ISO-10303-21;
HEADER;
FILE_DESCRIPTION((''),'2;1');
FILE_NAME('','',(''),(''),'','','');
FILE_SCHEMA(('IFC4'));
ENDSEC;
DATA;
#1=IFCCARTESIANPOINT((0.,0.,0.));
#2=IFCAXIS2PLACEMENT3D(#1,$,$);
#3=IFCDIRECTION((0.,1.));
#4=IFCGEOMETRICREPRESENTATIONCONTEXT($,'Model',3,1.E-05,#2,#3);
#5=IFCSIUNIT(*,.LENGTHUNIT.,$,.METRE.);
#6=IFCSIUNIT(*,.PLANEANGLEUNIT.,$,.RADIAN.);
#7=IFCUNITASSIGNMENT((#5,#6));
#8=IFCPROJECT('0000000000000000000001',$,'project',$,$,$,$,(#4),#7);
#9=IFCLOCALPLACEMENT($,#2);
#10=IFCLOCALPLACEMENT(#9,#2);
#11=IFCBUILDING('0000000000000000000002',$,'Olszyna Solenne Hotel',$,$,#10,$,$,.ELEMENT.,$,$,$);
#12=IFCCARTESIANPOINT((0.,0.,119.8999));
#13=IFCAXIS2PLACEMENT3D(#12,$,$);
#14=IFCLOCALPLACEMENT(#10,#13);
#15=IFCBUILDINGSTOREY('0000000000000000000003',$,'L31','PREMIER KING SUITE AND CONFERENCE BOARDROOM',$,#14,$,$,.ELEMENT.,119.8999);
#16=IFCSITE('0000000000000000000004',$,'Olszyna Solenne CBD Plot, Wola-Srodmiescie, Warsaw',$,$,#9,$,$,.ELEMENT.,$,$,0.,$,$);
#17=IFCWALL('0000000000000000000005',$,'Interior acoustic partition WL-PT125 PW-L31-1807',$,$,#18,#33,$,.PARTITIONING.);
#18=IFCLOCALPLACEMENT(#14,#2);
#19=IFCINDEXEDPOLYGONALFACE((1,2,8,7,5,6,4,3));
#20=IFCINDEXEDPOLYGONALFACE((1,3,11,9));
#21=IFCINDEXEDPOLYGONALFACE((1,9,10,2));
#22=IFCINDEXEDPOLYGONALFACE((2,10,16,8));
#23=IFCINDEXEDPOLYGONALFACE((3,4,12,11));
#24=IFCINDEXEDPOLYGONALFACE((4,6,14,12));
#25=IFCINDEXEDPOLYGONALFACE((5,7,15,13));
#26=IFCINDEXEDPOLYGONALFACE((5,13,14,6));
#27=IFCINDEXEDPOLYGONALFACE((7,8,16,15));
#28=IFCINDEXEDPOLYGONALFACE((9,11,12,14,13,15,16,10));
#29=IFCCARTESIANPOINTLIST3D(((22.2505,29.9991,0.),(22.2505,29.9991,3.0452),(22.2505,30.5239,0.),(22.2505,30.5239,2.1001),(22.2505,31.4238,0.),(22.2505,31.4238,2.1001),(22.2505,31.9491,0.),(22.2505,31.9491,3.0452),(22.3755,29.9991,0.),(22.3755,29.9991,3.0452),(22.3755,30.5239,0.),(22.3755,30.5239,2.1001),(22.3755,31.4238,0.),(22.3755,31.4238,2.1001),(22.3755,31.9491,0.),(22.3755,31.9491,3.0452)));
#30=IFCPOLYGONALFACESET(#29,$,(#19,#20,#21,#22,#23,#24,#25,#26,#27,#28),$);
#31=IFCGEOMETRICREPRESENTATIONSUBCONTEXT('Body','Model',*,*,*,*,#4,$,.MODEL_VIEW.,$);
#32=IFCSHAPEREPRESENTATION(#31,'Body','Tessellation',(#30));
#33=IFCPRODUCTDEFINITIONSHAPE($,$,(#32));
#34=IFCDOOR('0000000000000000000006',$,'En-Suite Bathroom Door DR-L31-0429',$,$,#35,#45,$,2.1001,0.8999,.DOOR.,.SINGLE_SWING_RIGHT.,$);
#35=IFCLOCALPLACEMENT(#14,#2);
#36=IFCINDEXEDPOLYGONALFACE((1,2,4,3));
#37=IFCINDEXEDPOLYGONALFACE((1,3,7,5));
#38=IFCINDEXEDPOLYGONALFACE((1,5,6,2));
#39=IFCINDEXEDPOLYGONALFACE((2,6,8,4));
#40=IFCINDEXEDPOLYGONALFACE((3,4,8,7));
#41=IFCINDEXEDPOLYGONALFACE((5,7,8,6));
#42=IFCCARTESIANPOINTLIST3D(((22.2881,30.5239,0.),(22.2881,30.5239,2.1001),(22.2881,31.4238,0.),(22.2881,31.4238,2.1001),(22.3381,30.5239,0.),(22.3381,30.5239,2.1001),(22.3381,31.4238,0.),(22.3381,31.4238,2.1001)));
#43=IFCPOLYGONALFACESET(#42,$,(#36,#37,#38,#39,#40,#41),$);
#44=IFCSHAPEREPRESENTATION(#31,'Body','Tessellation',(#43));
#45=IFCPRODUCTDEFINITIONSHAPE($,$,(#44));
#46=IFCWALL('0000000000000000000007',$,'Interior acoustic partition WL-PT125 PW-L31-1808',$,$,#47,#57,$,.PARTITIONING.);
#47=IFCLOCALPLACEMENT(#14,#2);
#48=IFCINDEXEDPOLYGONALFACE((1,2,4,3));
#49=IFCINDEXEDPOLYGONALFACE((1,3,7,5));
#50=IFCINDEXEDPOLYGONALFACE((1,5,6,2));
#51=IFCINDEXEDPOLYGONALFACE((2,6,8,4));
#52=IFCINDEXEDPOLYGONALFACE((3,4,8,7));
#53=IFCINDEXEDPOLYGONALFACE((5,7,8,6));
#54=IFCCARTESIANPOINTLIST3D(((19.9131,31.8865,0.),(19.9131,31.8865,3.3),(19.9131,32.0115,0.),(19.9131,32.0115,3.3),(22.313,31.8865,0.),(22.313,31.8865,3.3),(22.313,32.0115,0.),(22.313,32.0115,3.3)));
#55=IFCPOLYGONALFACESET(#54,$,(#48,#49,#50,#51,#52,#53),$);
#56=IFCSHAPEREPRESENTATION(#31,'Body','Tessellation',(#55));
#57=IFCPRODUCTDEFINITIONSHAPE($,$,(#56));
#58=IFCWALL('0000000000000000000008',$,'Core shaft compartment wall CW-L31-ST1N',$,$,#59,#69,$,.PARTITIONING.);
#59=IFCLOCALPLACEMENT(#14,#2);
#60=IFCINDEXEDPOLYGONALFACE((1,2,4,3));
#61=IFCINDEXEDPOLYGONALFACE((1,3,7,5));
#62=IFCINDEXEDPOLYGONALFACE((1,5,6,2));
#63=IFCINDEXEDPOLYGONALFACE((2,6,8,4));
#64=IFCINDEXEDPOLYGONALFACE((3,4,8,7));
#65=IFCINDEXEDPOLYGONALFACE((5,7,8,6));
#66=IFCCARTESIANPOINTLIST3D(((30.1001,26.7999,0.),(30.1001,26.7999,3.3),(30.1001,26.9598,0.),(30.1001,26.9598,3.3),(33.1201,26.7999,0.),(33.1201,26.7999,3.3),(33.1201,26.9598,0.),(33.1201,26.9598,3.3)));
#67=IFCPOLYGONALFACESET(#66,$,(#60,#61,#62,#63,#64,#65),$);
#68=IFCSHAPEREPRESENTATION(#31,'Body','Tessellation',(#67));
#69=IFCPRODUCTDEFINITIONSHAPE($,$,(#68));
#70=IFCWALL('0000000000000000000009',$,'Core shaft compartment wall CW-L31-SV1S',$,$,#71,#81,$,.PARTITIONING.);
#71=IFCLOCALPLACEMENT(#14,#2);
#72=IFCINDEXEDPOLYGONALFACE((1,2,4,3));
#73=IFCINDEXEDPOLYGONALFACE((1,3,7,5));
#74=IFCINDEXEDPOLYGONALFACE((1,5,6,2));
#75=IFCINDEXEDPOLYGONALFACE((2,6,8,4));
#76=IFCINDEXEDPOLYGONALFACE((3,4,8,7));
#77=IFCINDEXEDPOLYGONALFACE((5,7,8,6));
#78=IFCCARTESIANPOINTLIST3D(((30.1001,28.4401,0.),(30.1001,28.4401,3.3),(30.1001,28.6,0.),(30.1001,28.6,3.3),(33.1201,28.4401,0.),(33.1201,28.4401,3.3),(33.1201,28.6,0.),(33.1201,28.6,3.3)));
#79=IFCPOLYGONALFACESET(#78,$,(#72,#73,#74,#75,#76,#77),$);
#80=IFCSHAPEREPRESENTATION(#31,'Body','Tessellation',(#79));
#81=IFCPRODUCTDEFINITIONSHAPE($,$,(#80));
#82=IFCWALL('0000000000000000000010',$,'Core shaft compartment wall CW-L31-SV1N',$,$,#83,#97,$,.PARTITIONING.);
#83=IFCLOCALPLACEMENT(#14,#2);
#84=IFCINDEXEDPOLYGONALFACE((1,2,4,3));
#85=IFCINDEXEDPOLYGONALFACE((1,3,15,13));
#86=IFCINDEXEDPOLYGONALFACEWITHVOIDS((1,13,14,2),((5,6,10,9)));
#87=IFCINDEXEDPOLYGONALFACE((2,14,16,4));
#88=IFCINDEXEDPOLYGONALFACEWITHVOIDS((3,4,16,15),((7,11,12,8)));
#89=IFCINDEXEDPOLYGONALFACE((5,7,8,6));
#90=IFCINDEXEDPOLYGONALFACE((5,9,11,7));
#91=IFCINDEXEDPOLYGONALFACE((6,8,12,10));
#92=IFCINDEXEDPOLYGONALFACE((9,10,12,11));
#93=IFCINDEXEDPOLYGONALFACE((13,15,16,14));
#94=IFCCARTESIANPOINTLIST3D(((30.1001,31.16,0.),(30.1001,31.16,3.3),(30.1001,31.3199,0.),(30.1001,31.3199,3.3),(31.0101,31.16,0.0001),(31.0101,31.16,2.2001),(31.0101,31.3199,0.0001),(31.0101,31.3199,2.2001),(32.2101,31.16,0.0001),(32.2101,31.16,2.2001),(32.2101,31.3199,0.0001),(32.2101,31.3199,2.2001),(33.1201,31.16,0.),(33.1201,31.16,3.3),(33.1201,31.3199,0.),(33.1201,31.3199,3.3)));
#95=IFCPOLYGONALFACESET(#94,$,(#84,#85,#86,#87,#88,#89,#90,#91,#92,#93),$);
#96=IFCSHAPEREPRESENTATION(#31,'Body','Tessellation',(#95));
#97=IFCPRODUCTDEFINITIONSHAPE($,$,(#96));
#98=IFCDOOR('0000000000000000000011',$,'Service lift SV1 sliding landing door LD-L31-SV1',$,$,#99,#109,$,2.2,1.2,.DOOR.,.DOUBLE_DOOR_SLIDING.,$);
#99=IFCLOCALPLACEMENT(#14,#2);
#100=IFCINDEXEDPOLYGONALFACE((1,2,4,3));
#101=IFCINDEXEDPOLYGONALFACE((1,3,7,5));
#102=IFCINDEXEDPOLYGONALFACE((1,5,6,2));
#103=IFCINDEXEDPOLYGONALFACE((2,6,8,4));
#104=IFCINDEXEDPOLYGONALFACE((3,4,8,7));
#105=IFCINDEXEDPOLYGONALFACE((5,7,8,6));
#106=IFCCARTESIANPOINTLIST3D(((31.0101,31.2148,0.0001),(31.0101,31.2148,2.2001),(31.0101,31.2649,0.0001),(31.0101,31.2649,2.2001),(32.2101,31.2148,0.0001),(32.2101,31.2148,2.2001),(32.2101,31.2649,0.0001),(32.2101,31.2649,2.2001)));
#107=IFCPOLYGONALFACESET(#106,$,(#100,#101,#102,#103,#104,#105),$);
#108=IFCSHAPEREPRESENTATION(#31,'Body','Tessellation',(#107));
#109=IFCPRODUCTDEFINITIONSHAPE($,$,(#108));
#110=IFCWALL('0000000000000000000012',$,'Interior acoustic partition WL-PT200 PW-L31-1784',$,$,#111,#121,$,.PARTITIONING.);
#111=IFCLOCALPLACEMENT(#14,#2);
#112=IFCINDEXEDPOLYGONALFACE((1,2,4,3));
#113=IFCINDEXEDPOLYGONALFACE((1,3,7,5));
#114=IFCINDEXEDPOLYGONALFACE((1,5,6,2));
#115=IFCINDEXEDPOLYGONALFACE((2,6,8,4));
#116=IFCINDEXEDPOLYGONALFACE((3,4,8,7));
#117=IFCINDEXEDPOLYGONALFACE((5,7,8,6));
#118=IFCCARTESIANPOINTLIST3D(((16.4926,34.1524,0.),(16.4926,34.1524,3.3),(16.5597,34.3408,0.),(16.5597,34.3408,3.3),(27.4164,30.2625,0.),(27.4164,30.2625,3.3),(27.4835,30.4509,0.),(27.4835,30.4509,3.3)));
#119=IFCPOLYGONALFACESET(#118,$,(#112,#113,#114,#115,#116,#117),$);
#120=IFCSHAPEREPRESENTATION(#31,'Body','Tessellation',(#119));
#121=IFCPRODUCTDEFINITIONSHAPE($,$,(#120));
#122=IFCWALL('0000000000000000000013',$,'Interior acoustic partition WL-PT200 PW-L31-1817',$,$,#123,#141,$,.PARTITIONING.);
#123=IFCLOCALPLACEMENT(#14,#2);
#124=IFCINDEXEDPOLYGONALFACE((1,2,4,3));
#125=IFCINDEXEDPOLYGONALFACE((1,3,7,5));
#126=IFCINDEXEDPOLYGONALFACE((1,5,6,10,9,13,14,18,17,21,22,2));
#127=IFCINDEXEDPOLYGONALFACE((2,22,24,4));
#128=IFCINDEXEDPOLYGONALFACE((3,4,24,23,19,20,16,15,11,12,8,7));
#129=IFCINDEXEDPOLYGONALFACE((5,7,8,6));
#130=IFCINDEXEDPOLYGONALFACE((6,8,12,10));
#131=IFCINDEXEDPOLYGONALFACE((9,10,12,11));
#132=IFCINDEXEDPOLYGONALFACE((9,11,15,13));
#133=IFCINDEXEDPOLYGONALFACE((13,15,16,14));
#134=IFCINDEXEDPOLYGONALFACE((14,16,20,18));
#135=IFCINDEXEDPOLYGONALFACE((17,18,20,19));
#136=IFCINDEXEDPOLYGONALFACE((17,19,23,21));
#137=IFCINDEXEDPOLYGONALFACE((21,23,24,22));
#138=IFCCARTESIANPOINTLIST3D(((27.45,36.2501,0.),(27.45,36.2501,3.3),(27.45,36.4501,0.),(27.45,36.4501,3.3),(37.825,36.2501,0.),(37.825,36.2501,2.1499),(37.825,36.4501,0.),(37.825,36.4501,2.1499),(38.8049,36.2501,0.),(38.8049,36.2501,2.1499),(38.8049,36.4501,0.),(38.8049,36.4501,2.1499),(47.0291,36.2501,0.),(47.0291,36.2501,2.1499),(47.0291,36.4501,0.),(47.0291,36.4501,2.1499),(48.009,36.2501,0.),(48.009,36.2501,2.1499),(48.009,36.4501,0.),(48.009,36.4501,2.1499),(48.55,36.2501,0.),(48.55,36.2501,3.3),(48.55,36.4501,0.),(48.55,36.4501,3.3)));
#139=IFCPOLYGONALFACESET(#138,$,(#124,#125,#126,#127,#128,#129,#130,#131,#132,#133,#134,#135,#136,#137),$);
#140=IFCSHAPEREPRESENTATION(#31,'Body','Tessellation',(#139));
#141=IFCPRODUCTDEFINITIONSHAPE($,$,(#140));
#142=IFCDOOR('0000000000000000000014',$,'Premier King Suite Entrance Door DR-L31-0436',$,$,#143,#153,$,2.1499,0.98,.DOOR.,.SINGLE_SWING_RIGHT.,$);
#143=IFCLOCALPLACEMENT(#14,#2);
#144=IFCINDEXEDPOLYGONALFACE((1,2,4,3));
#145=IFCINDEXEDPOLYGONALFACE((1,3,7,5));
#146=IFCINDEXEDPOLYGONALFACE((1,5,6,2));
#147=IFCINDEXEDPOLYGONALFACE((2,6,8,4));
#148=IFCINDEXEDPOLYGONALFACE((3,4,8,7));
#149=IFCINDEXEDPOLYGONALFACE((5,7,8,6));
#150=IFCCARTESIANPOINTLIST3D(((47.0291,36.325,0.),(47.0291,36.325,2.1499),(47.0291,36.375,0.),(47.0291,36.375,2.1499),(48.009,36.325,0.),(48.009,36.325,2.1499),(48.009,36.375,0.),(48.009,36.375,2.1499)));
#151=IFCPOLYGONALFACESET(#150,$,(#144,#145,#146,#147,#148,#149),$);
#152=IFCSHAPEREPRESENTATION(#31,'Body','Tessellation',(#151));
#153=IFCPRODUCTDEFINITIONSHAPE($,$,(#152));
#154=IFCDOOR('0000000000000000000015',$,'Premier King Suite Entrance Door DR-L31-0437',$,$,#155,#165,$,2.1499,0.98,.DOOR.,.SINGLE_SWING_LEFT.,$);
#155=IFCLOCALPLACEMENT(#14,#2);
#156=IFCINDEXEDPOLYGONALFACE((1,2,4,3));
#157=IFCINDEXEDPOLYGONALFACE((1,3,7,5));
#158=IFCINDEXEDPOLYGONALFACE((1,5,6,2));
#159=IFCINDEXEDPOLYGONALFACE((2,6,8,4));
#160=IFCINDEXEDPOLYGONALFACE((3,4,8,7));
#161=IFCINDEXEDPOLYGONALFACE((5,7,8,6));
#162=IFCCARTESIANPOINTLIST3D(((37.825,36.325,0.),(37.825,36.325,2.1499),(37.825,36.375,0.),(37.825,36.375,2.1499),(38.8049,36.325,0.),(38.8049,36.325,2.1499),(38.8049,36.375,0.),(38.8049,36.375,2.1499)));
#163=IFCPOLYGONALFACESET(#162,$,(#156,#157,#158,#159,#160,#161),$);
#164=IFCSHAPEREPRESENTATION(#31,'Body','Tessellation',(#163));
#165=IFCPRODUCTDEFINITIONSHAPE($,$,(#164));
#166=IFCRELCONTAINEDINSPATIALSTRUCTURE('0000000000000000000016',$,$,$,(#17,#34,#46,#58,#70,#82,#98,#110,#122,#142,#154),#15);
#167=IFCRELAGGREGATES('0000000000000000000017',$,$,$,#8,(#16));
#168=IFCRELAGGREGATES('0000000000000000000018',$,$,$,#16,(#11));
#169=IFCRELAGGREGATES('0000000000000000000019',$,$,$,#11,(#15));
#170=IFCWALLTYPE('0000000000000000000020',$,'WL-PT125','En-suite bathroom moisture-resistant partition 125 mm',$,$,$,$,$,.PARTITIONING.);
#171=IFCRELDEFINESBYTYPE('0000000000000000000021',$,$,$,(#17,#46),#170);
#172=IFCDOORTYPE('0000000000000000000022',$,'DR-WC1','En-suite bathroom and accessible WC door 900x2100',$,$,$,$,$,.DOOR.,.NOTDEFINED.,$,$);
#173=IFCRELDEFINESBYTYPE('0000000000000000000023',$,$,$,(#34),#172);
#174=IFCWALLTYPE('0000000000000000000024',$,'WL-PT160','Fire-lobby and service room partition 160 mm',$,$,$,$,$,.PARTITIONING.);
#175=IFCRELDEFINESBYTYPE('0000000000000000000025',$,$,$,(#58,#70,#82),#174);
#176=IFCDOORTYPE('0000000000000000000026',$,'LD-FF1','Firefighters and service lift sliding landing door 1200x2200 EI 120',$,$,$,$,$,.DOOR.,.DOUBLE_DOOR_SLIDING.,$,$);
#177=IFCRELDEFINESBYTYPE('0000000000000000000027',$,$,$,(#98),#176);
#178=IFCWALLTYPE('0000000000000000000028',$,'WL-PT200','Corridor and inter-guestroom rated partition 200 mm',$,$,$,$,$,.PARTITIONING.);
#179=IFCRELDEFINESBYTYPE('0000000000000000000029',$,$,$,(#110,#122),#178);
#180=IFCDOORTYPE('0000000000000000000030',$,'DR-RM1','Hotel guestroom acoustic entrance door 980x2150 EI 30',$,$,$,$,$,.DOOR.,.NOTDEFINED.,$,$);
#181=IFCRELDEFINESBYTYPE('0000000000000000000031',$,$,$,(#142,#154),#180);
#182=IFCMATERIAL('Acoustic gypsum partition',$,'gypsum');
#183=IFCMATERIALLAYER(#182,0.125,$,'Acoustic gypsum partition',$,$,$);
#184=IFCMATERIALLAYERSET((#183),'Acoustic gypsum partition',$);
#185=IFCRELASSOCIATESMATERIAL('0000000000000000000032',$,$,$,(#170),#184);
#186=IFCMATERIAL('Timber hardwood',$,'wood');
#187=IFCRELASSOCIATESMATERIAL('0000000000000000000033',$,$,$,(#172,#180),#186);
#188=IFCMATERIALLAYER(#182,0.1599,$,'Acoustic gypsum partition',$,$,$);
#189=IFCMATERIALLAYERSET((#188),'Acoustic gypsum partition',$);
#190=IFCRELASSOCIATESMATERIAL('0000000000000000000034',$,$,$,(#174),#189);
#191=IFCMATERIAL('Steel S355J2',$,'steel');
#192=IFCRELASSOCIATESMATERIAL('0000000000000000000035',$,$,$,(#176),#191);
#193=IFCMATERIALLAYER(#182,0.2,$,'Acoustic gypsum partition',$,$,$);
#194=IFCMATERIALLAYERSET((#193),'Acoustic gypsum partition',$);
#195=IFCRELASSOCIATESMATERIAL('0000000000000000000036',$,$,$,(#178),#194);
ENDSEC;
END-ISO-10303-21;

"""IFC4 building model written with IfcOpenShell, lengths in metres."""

from ifc_helpers import new_model, si_unit, direction, frame, frame_2d, origin, place, context, subcontext, project, spatial, rectangle, extrude, source, transform, mapped, material, layer, layer_set, type_object, type_shapes, element, fill, save


model = new_model("IFC4")

# Units and contexts
model_context = context("Model", 3, precision=1e-05, world=origin(), true_north=direction((0.0, 1.0)))
body_context = subcontext(model_context, "Body", "Model", "MODEL_VIEW")
ifc_project = project(units=[si_unit("LENGTHUNIT", "METRE"), si_unit("PLANEANGLEUNIT", "RADIAN")], contexts=[model_context])

# Site, building, storey
site_placement = place(None, origin())
site = spatial("IfcSite", under=ifc_project, at=site_placement, Name="Olszyna Solenne CBD Plot, Wola-Srodmiescie, Warsaw", CompositionType="ELEMENT", RefElevation=0.0)
building_placement = place(site_placement, origin())
building = spatial("IfcBuilding", under=site, at=building_placement, Name="Olszyna Solenne Hotel", CompositionType="ELEMENT")
storey_placement = place(building_placement, frame((0.0, 0.0, 119.8999)))
storey = spatial("IfcBuildingStorey", under=building, at=storey_placement, Name="L31", Description="PREMIER KING SUITE AND CONFERENCE BOARDROOM", CompositionType="ELEMENT", Elevation=119.8999)

# Shared definitions
ifc_material_1 = material(Name="Steel S355J2", Category="steel")

# Shared definitions
ifc_material_2 = material(Name="Acoustic gypsum partition", Category="gypsum")
ifc_layer_1 = layer(ifc_material_2, 0.125, Name="Acoustic gypsum partition")
ifc_layer_set_1 = layer_set([ifc_layer_1], Name="Acoustic gypsum partition")
wall_type_1 = type_object("IfcWallType", Name="WL-PT125", Description="En-suite bathroom moisture-resistant partition 125 mm", PredefinedType="PARTITIONING", material=ifc_layer_set_1)
ifc_material_3 = material(Name="Timber hardwood", Category="wood")
door_type_1 = type_object("IfcDoorType", Name="DR-WC1", Description="En-suite bathroom and accessible WC door 900x2100", OperationType="NOTDEFINED", PredefinedType="DOOR", material=ifc_material_3)
shared_shape_1 = source(origin(), body_context, "Body", "SweptSolid", [
    extrude(rectangle(XDim=0.8999, YDim=2.1001, at=frame_2d((0.45, 1.05))), frame((0.0, 0.0249, 0.0), z_axis=(0.0, -1.0, 0.0), x_axis=(1.0, 0.0, 0.0)), (0.0, 0.0, 1.0), 0.05),
])
type_shapes(door_type_1, [shared_shape_1])

# Wall, opening, door
wall_1_placement = place(storey_placement, frame((22.313, 29.999, 0.0), z_axis=(0.0, 0.0, 1.0), x_axis=(0.0, 1.0, 0.0)))
wall_1 = element("IfcWall", 1, at=wall_1_placement, inside=storey, type_object=wall_type_1, Name="Interior acoustic partition WL-PT125 PW-L31-1807", PredefinedType="PARTITIONING", context=body_context, shape_type="SweptSolid", body=[
    extrude(rectangle(XDim=1.95, YDim=0.125, at=frame_2d((0.9751, 0.0))), origin(), (0.0, 0.0, 1.0), 3.0452),
])
opening_1_placement = place(wall_1_placement, frame((0.5249, 0.0, 0.0)))
opening_1 = element("IfcOpeningElement", 2, at=opening_1_placement, cuts=wall_1, PredefinedType="OPENING", context=body_context, shape_type="SweptSolid", body=[
    extrude(rectangle(XDim=0.8999, YDim=2.1001, at=frame_2d((0.45, 1.05))), frame((0.0, 0.0725, 0.0), z_axis=(0.0, -1.0, 0.0), x_axis=(1.0, 0.0, 0.0)), (0.0, 0.0, 1.0), 0.145),
])
door_1_placement = place(opening_1_placement, origin())
door_1 = element("IfcDoor", 3, at=door_1_placement, inside=storey, type_object=door_type_1, Name="En-Suite Bathroom Door DR-L31-0429", OperationType="SINGLE_SWING_RIGHT", OverallHeight=2.1001, OverallWidth=0.8999, PredefinedType="DOOR", context=body_context, shape_type="MappedRepresentation", body=[
    mapped(shared_shape_1, transform((0.0, 0.0, 0.0), x_axis=(1.0, 0.0, 0.0), y_axis=(0.0, 1.0, 0.0), z_axis=(0.0, 0.0, 1.0), scale=1.0)),
])
fill(opening_1, door_1)

# Walls
wall_2_placement = place(storey_placement, frame((22.313, 31.949, 0.0), z_axis=(0.0, 0.0, 1.0), x_axis=(-1.0, 0.0, 0.0)))
element("IfcWall", 4, at=wall_2_placement, inside=storey, type_object=wall_type_1, Name="Interior acoustic partition WL-PT125 PW-L31-1808", PredefinedType="PARTITIONING", context=body_context, shape_type="SweptSolid", body=[
    extrude(rectangle(XDim=2.3999, YDim=0.125, at=frame_2d((1.2, 0.0))), origin(), (0.0, 0.0, 1.0), 3.3),
])
ifc_layer_2 = layer(ifc_material_2, 0.1599, Name="Acoustic gypsum partition")
ifc_layer_set_2 = layer_set([ifc_layer_2], Name="Acoustic gypsum partition")
wall_type_2 = type_object("IfcWallType", Name="WL-PT160", Description="Fire-lobby and service room partition 160 mm", PredefinedType="PARTITIONING", material=ifc_layer_set_2)
for number, where, z_axis, x_axis, name in (
    (5, (30.1001, 26.8799, 0.0), (0.0, 0.0, 1.0), (1.0, 0.0, 0.0), "Core shaft compartment wall CW-L31-ST1N"),
    (6, (30.1001, 28.52, 0.0), (0.0, 0.0, 1.0), (1.0, 0.0, 0.0), "Core shaft compartment wall CW-L31-SV1S"),
):
    element("IfcWall", number, at=place(storey_placement, frame(where, z_axis=z_axis, x_axis=x_axis)), inside=storey, type_object=wall_type_2, Name=name, PredefinedType="PARTITIONING", context=body_context, shape_type="SweptSolid", body=[
        extrude(rectangle(XDim=3.02, YDim=0.1599, at=frame_2d((1.51, 0.0))), origin(), (0.0, 0.0, 1.0), 3.3),
    ])

# Wall, opening, door
wall_3_placement = place(storey_placement, frame((30.1001, 31.24, 0.0), z_axis=(0.0, 0.0, 1.0), x_axis=(1.0, 0.0, 0.0)))
wall_3 = element("IfcWall", 7, at=wall_3_placement, inside=storey, type_object=wall_type_2, Name="Core shaft compartment wall CW-L31-SV1N", PredefinedType="PARTITIONING", context=body_context, shape_type="SweptSolid", body=[
    extrude(rectangle(XDim=3.02, YDim=0.1599, at=frame_2d((1.51, 0.0))), origin(), (0.0, 0.0, 1.0), 3.3),
])
opening_2_placement = place(wall_3_placement, frame((0.9099, 0.0, 0.0)))
opening_2 = element("IfcOpeningElement", 8, at=opening_2_placement, cuts=wall_3, PredefinedType="OPENING", context=body_context, shape_type="SweptSolid", body=[
    extrude(rectangle(XDim=1.2, YDim=2.2, at=frame_2d((0.6001, 1.1001))), frame((0.0, 0.0898, 0.0), z_axis=(0.0, -1.0, 0.0), x_axis=(1.0, 0.0, 0.0)), (0.0, 0.0, 1.0), 0.1799),
])
door_type_2 = type_object("IfcDoorType", Name="LD-FF1", Description="Firefighters and service lift sliding landing door 1200x2200 EI 120", OperationType="DOUBLE_DOOR_SLIDING", PredefinedType="DOOR", material=ifc_material_1)
shared_shape_2 = source(origin(), body_context, "Body", "SweptSolid", [
    extrude(rectangle(XDim=1.2, YDim=2.2, at=frame_2d((0.6001, 1.1001))), frame((0.0, 0.0249, 0.0), z_axis=(0.0, -1.0, 0.0), x_axis=(1.0, 0.0, 0.0)), (0.0, 0.0, 1.0), 0.05),
])
type_shapes(door_type_2, [shared_shape_2])
door_2_placement = place(opening_2_placement, origin())
door_2 = element("IfcDoor", 9, at=door_2_placement, inside=storey, type_object=door_type_2, Name="Service lift SV1 sliding landing door LD-L31-SV1", OperationType="DOUBLE_DOOR_SLIDING", OverallHeight=2.2, OverallWidth=1.2, PredefinedType="DOOR", context=body_context, shape_type="MappedRepresentation", body=[
    mapped(shared_shape_2, transform((0.0, 0.0, 0.0), x_axis=(1.0, 0.0, 0.0), y_axis=(0.0, 1.0, 0.0), z_axis=(0.0, 0.0, 1.0), scale=1.0)),
])
fill(opening_2, door_2)

# Wall
ifc_layer_3 = layer(ifc_material_2, 0.2, Name="Acoustic gypsum partition")
ifc_layer_set_3 = layer_set([ifc_layer_3], Name="Acoustic gypsum partition")
wall_type_3 = type_object("IfcWallType", Name="WL-PT200", Description="Corridor and inter-guestroom rated partition 200 mm", PredefinedType="PARTITIONING", material=ifc_layer_set_3)
wall_4_placement = place(storey_placement, frame((27.45, 30.3567, 0.0), z_axis=(0.0, 0.0, 1.0), x_axis=(-0.942055, 0.335459, 0.0)))
element("IfcWall", 10, at=wall_4_placement, inside=storey, type_object=wall_type_3, Name="Interior acoustic partition WL-PT200 PW-L31-1784", PredefinedType="PARTITIONING", context=body_context, shape_type="SweptSolid", body=[
    extrude(rectangle(XDim=11.5957, YDim=0.2, at=frame_2d((5.7979, 0.0))), origin(), (0.0, 0.0, 1.0), 3.3),
])

# Wall, openings, doors
wall_5_placement = place(storey_placement, frame((27.45, 36.3501, 0.0), z_axis=(0.0, 0.0, 1.0), x_axis=(1.0, 0.0, 0.0)))
wall_5 = element("IfcWall", 11, at=wall_5_placement, inside=storey, type_object=wall_type_3, Name="Interior acoustic partition WL-PT200 PW-L31-1817", PredefinedType="PARTITIONING", context=body_context, shape_type="SweptSolid", body=[
    extrude(rectangle(XDim=21.1001, YDim=0.2, at=frame_2d((10.55, 0.0))), origin(), (0.0, 0.0, 1.0), 3.3),
])
opening_3_placement = place(wall_5_placement, frame((19.5791, 0.0, 0.0)))
opening_3 = element("IfcOpeningElement", 12, at=opening_3_placement, cuts=wall_5, PredefinedType="OPENING", context=body_context, shape_type="SweptSolid", body=[
    extrude(rectangle(XDim=0.98, YDim=2.1499, at=frame_2d((0.49, 1.075))), frame((0.0, 0.1099, 0.0), z_axis=(0.0, -1.0, 0.0), x_axis=(1.0, 0.0, 0.0)), (0.0, 0.0, 1.0), 0.22),
])
opening_4_placement = place(wall_5_placement, frame((10.375, 0.0, 0.0)))
opening_4 = element("IfcOpeningElement", 13, at=opening_4_placement, cuts=wall_5, PredefinedType="OPENING", context=body_context, shape_type="SweptSolid", body=[
    extrude(rectangle(XDim=0.98, YDim=2.1499, at=frame_2d((0.49, 1.075))), frame((0.0, 0.1099, 0.0), z_axis=(0.0, -1.0, 0.0), x_axis=(1.0, 0.0, 0.0)), (0.0, 0.0, 1.0), 0.22),
])
door_type_3 = type_object("IfcDoorType", Name="DR-RM1", Description="Hotel guestroom acoustic entrance door 980x2150 EI 30", OperationType="NOTDEFINED", PredefinedType="DOOR", material=ifc_material_3)
shared_shape_3 = source(origin(), body_context, "Body", "SweptSolid", [
    extrude(rectangle(XDim=0.98, YDim=2.1499, at=frame_2d((0.49, 1.075))), frame((0.0, 0.0249, 0.0), z_axis=(0.0, -1.0, 0.0), x_axis=(1.0, 0.0, 0.0)), (0.0, 0.0, 1.0), 0.05),
])
type_shapes(door_type_3, [shared_shape_3])
door_3_placement = place(opening_3_placement, origin())
door_3 = element("IfcDoor", 14, at=door_3_placement, inside=storey, type_object=door_type_3, Name="Premier King Suite Entrance Door DR-L31-0436", OperationType="SINGLE_SWING_RIGHT", OverallHeight=2.1499, OverallWidth=0.98, PredefinedType="DOOR", context=body_context, shape_type="MappedRepresentation", body=[
    mapped(shared_shape_3, transform((0.0, 0.0, 0.0), x_axis=(1.0, 0.0, 0.0), y_axis=(0.0, 1.0, 0.0), z_axis=(0.0, 0.0, 1.0), scale=1.0)),
])
fill(opening_3, door_3)
door_4_placement = place(opening_4_placement, origin())
door_4 = element("IfcDoor", 15, at=door_4_placement, inside=storey, type_object=door_type_3, Name="Premier King Suite Entrance Door DR-L31-0437", OperationType="SINGLE_SWING_LEFT", OverallHeight=2.1499, OverallWidth=0.98, PredefinedType="DOOR", context=body_context, shape_type="MappedRepresentation", body=[
    mapped(shared_shape_3, transform((0.0, 0.0, 0.0), x_axis=(1.0, 0.0, 0.0), y_axis=(0.0, 1.0, 0.0), z_axis=(0.0, 0.0, 1.0), scale=1.0)),
])
fill(opening_4, door_4)

save(model, "model.ifc")
